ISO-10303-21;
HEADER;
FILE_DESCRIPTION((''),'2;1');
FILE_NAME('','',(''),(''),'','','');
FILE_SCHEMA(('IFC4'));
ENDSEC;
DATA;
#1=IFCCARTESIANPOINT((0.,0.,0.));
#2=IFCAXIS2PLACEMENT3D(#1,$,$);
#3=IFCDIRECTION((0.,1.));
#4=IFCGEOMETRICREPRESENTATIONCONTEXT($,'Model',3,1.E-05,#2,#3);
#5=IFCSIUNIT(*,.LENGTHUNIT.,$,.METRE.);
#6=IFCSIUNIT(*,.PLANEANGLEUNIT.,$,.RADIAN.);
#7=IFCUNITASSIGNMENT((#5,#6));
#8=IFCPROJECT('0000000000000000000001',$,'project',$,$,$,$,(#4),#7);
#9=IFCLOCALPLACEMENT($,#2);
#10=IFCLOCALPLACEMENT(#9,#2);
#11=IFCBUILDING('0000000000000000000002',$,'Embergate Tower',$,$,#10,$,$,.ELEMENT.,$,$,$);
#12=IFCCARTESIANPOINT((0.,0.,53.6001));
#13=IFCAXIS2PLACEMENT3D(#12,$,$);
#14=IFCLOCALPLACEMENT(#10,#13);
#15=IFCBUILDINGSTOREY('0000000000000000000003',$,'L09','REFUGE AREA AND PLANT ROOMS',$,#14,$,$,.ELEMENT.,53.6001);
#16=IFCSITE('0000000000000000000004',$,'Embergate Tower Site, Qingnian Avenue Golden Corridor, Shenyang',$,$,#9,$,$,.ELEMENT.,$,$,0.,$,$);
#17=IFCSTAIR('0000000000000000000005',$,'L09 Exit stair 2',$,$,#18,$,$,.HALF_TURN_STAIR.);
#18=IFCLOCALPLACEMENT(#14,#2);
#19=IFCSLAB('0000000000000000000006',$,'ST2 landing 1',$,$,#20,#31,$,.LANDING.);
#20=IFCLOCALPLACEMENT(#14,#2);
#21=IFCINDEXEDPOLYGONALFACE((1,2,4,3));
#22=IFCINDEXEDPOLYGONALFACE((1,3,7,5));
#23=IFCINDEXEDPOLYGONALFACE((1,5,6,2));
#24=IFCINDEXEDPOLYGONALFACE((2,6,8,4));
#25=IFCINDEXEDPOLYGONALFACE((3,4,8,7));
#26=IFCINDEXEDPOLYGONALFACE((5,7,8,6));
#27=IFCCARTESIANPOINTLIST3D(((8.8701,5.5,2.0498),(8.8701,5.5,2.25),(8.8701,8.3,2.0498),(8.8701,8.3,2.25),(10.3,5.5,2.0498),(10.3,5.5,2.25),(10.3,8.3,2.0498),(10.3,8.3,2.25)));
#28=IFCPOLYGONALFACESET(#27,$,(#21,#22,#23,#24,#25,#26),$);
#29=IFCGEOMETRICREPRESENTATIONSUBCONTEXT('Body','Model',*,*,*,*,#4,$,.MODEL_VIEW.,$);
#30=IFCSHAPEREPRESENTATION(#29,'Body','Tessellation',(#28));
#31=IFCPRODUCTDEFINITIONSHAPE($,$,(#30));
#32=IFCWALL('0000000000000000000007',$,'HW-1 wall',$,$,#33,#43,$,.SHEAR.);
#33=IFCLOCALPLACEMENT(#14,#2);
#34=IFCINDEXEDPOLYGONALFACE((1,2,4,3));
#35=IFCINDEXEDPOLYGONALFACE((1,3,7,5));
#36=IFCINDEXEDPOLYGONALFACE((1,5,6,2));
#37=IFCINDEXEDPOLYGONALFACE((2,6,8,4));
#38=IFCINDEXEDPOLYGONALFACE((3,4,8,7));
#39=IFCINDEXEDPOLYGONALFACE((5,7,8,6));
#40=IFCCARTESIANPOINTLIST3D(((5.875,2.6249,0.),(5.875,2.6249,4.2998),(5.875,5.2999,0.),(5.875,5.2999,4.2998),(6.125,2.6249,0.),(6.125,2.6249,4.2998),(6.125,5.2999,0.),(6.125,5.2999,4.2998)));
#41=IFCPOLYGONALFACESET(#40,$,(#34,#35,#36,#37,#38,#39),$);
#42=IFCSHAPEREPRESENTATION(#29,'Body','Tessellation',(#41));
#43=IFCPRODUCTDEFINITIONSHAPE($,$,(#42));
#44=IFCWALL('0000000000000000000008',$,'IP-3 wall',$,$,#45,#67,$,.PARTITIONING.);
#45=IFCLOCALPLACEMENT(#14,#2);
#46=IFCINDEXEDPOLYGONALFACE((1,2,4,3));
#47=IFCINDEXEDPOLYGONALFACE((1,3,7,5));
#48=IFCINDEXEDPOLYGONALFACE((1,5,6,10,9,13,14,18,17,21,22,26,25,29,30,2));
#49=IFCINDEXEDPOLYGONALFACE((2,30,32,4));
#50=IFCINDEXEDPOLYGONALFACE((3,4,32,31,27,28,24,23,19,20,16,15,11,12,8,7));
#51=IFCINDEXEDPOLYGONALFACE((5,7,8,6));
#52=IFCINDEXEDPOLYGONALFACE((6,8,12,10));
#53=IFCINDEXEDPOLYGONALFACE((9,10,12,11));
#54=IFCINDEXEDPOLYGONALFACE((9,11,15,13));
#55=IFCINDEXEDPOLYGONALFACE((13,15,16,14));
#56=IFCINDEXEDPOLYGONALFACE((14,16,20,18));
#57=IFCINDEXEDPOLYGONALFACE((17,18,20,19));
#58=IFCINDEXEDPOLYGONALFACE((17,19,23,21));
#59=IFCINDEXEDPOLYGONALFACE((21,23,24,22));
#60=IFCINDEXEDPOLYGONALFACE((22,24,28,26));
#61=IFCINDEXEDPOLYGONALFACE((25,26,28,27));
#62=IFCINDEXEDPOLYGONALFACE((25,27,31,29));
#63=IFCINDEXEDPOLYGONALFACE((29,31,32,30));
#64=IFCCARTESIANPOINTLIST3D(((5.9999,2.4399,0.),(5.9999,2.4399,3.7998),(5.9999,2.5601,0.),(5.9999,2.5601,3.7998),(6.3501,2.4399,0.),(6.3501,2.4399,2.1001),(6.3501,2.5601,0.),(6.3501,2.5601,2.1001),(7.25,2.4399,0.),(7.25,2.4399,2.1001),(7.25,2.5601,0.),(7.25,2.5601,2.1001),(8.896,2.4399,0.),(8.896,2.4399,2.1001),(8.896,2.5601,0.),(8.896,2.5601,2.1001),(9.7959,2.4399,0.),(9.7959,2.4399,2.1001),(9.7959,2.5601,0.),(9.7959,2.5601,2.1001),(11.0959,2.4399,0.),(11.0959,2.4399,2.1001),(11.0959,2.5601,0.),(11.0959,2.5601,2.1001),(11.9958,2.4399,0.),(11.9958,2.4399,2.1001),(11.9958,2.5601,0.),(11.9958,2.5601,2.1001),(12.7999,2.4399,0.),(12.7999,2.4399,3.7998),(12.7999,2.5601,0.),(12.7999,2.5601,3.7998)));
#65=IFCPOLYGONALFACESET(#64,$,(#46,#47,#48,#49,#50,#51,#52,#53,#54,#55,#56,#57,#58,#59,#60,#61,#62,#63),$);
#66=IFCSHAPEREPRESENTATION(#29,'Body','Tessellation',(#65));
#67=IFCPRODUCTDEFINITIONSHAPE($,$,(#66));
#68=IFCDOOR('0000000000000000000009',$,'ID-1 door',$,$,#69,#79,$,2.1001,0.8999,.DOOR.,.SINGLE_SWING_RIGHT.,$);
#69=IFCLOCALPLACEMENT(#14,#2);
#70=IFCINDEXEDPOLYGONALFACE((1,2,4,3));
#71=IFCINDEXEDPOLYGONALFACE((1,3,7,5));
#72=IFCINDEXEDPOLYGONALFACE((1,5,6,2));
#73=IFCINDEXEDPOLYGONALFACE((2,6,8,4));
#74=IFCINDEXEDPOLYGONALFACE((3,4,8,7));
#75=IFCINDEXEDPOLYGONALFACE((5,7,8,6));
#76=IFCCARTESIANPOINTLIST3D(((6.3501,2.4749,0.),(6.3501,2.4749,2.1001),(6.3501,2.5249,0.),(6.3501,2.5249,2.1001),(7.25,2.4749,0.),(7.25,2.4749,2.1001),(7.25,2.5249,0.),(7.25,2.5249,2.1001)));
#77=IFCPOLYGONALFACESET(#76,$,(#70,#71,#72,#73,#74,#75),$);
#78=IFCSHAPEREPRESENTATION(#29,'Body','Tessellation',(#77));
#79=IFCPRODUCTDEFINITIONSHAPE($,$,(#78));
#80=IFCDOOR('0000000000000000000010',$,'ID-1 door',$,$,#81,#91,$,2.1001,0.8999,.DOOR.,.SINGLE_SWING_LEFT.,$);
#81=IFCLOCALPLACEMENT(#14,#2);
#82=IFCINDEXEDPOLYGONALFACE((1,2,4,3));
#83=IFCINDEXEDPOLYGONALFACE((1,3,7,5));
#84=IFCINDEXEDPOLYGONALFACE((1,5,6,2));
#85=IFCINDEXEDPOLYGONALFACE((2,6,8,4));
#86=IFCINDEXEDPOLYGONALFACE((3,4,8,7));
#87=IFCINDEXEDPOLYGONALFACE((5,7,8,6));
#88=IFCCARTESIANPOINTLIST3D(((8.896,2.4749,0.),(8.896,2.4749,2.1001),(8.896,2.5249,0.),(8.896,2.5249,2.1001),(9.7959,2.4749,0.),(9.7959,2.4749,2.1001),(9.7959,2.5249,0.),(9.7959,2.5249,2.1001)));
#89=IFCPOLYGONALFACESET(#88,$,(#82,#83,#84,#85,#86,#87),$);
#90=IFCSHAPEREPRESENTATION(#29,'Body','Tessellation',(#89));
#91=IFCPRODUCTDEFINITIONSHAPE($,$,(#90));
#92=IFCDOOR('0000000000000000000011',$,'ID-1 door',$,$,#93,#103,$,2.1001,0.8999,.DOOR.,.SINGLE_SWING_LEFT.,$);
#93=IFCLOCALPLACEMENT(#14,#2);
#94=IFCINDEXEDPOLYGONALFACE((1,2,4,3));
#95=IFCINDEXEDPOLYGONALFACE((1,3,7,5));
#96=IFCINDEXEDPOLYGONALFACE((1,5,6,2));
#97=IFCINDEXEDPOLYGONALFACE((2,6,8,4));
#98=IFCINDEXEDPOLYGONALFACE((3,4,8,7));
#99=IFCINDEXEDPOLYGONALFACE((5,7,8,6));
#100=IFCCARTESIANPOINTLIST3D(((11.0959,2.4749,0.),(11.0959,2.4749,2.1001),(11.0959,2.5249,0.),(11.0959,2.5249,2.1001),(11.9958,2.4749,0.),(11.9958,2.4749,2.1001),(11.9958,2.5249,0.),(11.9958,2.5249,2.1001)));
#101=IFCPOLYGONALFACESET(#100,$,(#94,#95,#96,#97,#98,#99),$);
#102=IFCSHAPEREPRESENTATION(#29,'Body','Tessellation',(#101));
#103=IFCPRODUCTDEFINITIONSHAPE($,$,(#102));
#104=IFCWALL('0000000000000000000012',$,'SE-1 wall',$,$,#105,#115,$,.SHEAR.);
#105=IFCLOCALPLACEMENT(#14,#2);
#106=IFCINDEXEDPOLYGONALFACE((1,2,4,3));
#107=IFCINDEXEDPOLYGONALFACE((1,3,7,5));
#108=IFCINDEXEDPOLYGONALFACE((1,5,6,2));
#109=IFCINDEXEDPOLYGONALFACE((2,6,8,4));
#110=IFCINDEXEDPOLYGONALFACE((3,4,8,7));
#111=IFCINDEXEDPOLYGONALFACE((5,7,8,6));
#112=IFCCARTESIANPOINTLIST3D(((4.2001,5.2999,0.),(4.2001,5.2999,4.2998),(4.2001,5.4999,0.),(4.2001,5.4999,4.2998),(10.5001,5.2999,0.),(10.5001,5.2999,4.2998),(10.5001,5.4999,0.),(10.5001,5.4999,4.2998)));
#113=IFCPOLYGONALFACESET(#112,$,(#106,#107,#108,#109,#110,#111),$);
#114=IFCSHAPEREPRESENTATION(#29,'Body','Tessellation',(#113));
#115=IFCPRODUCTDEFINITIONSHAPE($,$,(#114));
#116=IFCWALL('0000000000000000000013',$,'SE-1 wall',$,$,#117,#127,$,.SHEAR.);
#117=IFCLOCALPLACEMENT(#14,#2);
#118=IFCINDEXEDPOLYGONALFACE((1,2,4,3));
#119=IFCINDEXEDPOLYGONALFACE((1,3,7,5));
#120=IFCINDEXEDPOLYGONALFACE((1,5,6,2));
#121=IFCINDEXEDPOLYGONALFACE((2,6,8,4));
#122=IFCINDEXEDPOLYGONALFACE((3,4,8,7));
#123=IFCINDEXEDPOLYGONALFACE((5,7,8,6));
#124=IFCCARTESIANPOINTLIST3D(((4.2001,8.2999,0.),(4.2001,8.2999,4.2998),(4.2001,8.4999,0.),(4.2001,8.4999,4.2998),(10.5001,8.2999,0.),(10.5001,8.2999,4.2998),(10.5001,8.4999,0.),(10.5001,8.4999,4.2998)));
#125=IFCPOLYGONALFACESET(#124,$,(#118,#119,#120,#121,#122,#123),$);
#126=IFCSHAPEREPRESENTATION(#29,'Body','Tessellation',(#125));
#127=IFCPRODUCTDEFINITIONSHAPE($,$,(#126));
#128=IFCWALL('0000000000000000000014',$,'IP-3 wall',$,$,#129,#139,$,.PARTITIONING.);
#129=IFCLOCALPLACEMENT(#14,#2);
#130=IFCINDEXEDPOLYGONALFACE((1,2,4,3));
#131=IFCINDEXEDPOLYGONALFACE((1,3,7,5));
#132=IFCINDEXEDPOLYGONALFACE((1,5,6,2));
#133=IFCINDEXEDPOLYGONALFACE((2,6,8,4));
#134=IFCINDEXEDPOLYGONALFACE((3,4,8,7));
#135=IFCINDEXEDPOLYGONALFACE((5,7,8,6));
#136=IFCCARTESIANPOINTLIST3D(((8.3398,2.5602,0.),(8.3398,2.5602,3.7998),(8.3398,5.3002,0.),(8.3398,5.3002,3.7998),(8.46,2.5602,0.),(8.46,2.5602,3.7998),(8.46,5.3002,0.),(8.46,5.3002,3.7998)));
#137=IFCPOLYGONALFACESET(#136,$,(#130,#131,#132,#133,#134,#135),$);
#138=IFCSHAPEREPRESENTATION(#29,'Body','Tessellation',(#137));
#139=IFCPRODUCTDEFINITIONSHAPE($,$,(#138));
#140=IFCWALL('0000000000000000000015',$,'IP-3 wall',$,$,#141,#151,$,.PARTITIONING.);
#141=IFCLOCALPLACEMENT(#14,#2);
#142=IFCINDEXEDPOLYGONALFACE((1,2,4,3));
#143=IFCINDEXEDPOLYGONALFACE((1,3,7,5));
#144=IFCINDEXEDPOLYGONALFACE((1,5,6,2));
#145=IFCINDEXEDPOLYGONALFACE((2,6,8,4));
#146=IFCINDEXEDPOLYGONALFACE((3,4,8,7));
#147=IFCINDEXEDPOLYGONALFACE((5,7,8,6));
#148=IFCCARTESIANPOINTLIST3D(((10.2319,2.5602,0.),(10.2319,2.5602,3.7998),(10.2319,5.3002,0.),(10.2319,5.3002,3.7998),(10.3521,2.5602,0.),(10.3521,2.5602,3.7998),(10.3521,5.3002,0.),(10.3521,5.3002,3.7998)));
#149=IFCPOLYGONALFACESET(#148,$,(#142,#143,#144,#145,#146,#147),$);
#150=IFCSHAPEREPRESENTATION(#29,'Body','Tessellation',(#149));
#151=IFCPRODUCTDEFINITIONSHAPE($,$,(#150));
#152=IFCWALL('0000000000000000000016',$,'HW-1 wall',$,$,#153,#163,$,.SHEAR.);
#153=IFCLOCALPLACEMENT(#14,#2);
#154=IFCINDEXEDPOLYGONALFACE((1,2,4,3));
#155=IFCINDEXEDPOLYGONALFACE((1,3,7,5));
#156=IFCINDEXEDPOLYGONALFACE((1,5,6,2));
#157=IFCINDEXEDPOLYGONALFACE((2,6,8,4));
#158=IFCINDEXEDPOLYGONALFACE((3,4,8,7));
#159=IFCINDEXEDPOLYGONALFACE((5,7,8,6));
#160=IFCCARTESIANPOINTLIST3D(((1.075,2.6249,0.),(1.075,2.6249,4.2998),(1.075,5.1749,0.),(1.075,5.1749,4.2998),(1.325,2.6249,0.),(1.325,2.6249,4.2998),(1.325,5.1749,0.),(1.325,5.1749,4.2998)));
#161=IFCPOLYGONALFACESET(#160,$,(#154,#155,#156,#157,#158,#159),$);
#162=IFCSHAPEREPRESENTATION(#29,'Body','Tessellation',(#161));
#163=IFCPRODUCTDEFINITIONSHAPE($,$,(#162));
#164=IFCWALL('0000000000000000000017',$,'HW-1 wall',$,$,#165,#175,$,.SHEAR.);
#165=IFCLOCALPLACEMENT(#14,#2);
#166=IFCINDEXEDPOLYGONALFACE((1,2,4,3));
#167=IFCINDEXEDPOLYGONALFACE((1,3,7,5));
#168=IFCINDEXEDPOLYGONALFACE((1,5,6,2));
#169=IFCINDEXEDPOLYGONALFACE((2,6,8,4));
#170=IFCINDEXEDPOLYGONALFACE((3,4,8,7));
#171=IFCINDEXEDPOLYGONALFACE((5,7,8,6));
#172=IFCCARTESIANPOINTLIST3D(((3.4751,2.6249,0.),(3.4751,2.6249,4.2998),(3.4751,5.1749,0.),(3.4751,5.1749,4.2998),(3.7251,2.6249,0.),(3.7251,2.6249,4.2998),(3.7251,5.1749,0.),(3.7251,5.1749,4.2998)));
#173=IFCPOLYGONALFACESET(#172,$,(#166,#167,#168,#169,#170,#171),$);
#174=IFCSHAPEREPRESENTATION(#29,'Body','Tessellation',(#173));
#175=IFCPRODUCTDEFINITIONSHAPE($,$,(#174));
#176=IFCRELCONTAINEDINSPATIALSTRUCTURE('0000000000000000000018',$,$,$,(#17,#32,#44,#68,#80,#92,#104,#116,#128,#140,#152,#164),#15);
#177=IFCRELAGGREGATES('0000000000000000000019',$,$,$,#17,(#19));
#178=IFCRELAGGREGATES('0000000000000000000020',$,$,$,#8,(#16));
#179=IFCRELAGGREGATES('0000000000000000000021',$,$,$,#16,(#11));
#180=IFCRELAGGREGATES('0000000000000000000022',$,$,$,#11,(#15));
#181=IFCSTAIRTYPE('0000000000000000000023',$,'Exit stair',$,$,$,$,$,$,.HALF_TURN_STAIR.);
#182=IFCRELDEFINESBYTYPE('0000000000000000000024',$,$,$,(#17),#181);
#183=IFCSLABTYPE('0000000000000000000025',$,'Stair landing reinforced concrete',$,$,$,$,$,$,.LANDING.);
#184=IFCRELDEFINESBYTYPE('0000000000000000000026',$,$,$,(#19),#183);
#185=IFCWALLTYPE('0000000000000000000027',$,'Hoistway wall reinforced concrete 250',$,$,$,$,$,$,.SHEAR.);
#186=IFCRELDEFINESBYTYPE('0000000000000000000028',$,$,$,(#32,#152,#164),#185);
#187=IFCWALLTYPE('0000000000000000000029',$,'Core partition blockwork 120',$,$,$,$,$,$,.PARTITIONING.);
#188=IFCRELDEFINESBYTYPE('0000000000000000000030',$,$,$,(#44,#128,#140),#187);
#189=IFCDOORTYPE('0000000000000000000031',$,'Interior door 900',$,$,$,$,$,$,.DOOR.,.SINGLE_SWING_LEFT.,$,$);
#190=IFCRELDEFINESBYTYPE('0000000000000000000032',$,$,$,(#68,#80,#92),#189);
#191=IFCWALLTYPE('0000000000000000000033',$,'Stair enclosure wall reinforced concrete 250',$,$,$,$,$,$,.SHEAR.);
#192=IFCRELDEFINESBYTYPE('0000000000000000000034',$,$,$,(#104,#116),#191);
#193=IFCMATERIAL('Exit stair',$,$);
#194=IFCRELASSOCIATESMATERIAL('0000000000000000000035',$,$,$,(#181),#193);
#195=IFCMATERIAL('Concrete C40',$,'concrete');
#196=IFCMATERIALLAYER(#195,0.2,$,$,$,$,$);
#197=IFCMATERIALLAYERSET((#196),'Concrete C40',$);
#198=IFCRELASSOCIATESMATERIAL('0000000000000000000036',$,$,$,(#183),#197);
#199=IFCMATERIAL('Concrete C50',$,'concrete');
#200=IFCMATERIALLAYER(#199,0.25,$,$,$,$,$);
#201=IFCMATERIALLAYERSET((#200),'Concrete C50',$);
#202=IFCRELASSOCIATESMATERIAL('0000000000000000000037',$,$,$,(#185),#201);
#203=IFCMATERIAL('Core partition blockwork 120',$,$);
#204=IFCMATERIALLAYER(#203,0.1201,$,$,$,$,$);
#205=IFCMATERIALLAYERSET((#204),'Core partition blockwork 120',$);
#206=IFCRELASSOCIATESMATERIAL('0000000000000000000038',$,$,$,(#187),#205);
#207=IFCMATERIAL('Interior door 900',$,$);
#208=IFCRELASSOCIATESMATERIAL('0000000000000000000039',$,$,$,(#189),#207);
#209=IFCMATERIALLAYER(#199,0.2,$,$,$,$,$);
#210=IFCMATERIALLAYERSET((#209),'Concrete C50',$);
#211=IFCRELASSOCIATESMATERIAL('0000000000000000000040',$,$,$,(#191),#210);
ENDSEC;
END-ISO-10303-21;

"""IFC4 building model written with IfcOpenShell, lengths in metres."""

from ifc_helpers import new_model, si_unit, direction, frame, frame_2d, origin, place, context, subcontext, project, spatial, polyline, rectangle, outline, extrude, source, transform, mapped, material, layer, layer_set, type_object, element, fill, aggregate, save


model = new_model("IFC4")

# Units and contexts
model_context = context("Model", 3, precision=1e-05, world=origin(), true_north=direction((0.0, 1.0)))
body_context = subcontext(model_context, "Body", "Model", "MODEL_VIEW")
ifc_project = project(units=[si_unit("LENGTHUNIT", "METRE"), si_unit("PLANEANGLEUNIT", "RADIAN")], contexts=[model_context])

# Site, building, storey
site_placement = place(None, origin())
site = spatial("IfcSite", under=ifc_project, at=site_placement, Name="Embergate Tower Site, Qingnian Avenue Golden Corridor, Shenyang", CompositionType="ELEMENT", RefElevation=0.0)
building_placement = place(site_placement, origin())
building = spatial("IfcBuilding", under=site, at=building_placement, Name="Embergate Tower", CompositionType="ELEMENT")
storey_placement = place(building_placement, frame((0.0, 0.0, 53.6001)))
storey = spatial("IfcBuildingStorey", under=building, at=storey_placement, Name="L09", Description="REFUGE AREA AND PLANT ROOMS", CompositionType="ELEMENT", Elevation=53.6001)

# Stair, slab
ifc_material_1 = material(Name="Exit stair")
stair_type = type_object("IfcStairType", Name="Exit stair", PredefinedType="HALF_TURN_STAIR", material=ifc_material_1)
stair_placement = place(storey_placement, origin())
stair = element("IfcStair", 1, at=stair_placement, inside=storey, type_object=stair_type, Name="L09 Exit stair 2", PredefinedType="HALF_TURN_STAIR")
ifc_material_2 = material(Name="Concrete C40", Category="concrete")
ifc_layer_1 = layer(ifc_material_2, 0.2)
ifc_layer_set_1 = layer_set([ifc_layer_1], Name="Concrete C40")
slab_type = type_object("IfcSlabType", Name="Stair landing reinforced concrete", PredefinedType="LANDING", material=ifc_layer_set_1)
shared_shape_1 = source(origin(), body_context, "Body", "SweptSolid", [
    extrude(outline(polyline([(0.0, 0.0), (1.4299, 0.0), (1.4299, 2.8), (0.0, 2.8), (0.0, 0.0)])), origin(), (0.0, 0.0, 1.0), 0.2002),
])
slab_placement = place(storey_placement, frame((8.8701, 5.5, 2.0498)))
slab = element("IfcSlab", 2, at=slab_placement, type_object=slab_type, Name="ST2 landing 1", PredefinedType="LANDING", context=body_context, shape_type="MappedRepresentation", body=[
    mapped(shared_shape_1, transform((0.0, 0.0, 0.0))),
])

# Wall
ifc_material_3 = material(Name="Concrete C50", Category="concrete")
ifc_layer_2 = layer(ifc_material_3, 0.25)
ifc_layer_set_2 = layer_set([ifc_layer_2], Name="Concrete C50")
wall_type_1 = type_object("IfcWallType", Name="Hoistway wall reinforced concrete 250", PredefinedType="SHEAR", material=ifc_layer_set_2)
shared_shape_2 = source(origin(), body_context, "Body", "SweptSolid", [
    extrude(rectangle(XDim=2.675, YDim=0.25, at=frame_2d((1.3374, 0.0))), origin(), (0.0, 0.0, 1.0), 4.2998),
])
wall_1_placement = place(storey_placement, frame((6.0, 2.625, 0.0), z_axis=(0.0, 0.0, 1.0), x_axis=(0.0, 1.0, 0.0)))
element("IfcWall", 3, at=wall_1_placement, inside=storey, type_object=wall_type_1, Name="HW-1 wall", PredefinedType="SHEAR", context=body_context, shape_type="MappedRepresentation", body=[
    mapped(shared_shape_2, transform((0.0, 0.0, 0.0))),
])

# Wall, openings, doors
ifc_material_4 = material(Name="Core partition blockwork 120")
ifc_layer_3 = layer(ifc_material_4, 0.1201)
ifc_layer_set_3 = layer_set([ifc_layer_3], Name="Core partition blockwork 120")
wall_type_2 = type_object("IfcWallType", Name="Core partition blockwork 120", PredefinedType="PARTITIONING", material=ifc_layer_set_3)
shared_shape_3 = source(origin(), body_context, "Body", "SweptSolid", [
    extrude(rectangle(XDim=6.8, YDim=0.1201, at=frame_2d((3.3999, 0.0))), origin(), (0.0, 0.0, 1.0), 3.7998),
])
wall_2_placement = place(storey_placement, frame((6.0, 2.5, 0.0), z_axis=(0.0, 0.0, 1.0), x_axis=(1.0, 0.0, 0.0)))
wall_2 = element("IfcWall", 4, at=wall_2_placement, inside=storey, type_object=wall_type_2, Name="IP-3 wall", PredefinedType="PARTITIONING", context=body_context, shape_type="MappedRepresentation", body=[
    mapped(shared_shape_3, transform((0.0, 0.0, 0.0))),
])
shared_shape_4 = source(origin(), body_context, "Body", "SweptSolid", [
    extrude(rectangle(XDim=0.8999, YDim=2.1001, at=frame_2d((0.45, 1.05))), frame((0.0, 0.0701, 0.0), z_axis=(0.0, -1.0, 0.0), x_axis=(1.0, 0.0, 0.0)), (0.0, 0.0, 1.0), 0.1401),
])
opening_1_placement = place(wall_2_placement, frame((0.3501, 0.0, 0.0)))
opening_1 = element("IfcOpeningElement", 5, at=opening_1_placement, cuts=wall_2, PredefinedType="OPENING", context=body_context, shape_type="MappedRepresentation", body=[
    mapped(shared_shape_4, transform((0.0, 0.0, 0.0))),
])
opening_2_placement = place(wall_2_placement, frame((2.896, 0.0, 0.0)))
opening_2 = element("IfcOpeningElement", 6, at=opening_2_placement, cuts=wall_2, PredefinedType="OPENING", context=body_context, shape_type="MappedRepresentation", body=[
    mapped(shared_shape_4, transform((0.0, 0.0, 0.0))),
])
opening_3_placement = place(wall_2_placement, frame((5.0959, 0.0, 0.0)))
opening_3 = element("IfcOpeningElement", 7, at=opening_3_placement, cuts=wall_2, PredefinedType="OPENING", context=body_context, shape_type="MappedRepresentation", body=[
    mapped(shared_shape_4, transform((0.0, 0.0, 0.0))),
])
ifc_material_5 = material(Name="Interior door 900")
door_type_1 = type_object("IfcDoorType", Name="Interior door 900", OperationType="SINGLE_SWING_LEFT", PredefinedType="DOOR", material=ifc_material_5)
shared_shape_5 = source(origin(), body_context, "Body", "SweptSolid", [
    extrude(rectangle(XDim=0.8999, YDim=2.1001, at=frame_2d((0.45, 1.05))), frame((0.0, 0.0249, 0.0), z_axis=(0.0, -1.0, 0.0), x_axis=(1.0, 0.0, 0.0)), (0.0, 0.0, 1.0), 0.05),
])
door_1_placement = place(opening_1_placement, origin())
door_1 = element("IfcDoor", 8, at=door_1_placement, inside=storey, type_object=door_type_1, Name="ID-1 door", OperationType="SINGLE_SWING_RIGHT", OverallHeight=2.1001, OverallWidth=0.8999, PredefinedType="DOOR", context=body_context, shape_type="MappedRepresentation", body=[
    mapped(shared_shape_5, transform((0.0, 0.0, 0.0))),
])
fill(opening_1, door_1)
door_2_placement = place(opening_2_placement, origin())
door_2 = element("IfcDoor", 9, at=door_2_placement, inside=storey, type_object=door_type_1, Name="ID-1 door", OperationType="SINGLE_SWING_LEFT", OverallHeight=2.1001, OverallWidth=0.8999, PredefinedType="DOOR", context=body_context, shape_type="MappedRepresentation", body=[
    mapped(shared_shape_5, transform((0.0, 0.0, 0.0))),
])
fill(opening_2, door_2)
door_3_placement = place(opening_3_placement, origin())
door_3 = element("IfcDoor", 10, at=door_3_placement, inside=storey, type_object=door_type_1, Name="ID-1 door", OperationType="SINGLE_SWING_LEFT", OverallHeight=2.1001, OverallWidth=0.8999, PredefinedType="DOOR", context=body_context, shape_type="MappedRepresentation", body=[
    mapped(shared_shape_5, transform((0.0, 0.0, 0.0))),
])
fill(opening_3, door_3)

# Walls
ifc_layer_4 = layer(ifc_material_3, 0.2)
ifc_layer_set_4 = layer_set([ifc_layer_4], Name="Concrete C50")
wall_type_3 = type_object("IfcWallType", Name="Stair enclosure wall reinforced concrete 250", PredefinedType="SHEAR", material=ifc_layer_set_4)
shared_shape_6 = source(origin(), body_context, "Body", "SweptSolid", [
    extrude(rectangle(XDim=6.3, YDim=0.2, at=frame_2d((3.1499, 0.0))), origin(), (0.0, 0.0, 1.0), 4.2998),
])
for number, where, z_axis, x_axis, name in (
    (11, (10.5, 5.3999, 0.0), (0.0, 0.0, 1.0), (-1.0, 0.0, 0.0), "SE-1 wall"),
    (12, (10.5, 8.3999, 0.0), (0.0, 0.0, 1.0), (-1.0, 0.0, 0.0), "SE-1 wall"),
):
    element("IfcWall", number, at=place(storey_placement, frame(where, z_axis=z_axis, x_axis=x_axis)), inside=storey, type_object=wall_type_3, Name=name, PredefinedType="SHEAR", context=body_context, shape_type="MappedRepresentation", body=[
        mapped(shared_shape_6, transform((0.0, 0.0, 0.0))),
    ])
shared_shape_7 = source(origin(), body_context, "Body", "SweptSolid", [
    extrude(rectangle(XDim=2.74, YDim=0.1201, at=frame_2d((1.3701, 0.0))), origin(), (0.0, 0.0, 1.0), 3.7998),
])
for number, where, z_axis, x_axis, name in (
    (13, (8.3999, 2.5601, 0.0), (0.0, 0.0, 1.0), (0.0, 1.0, 0.0), "IP-3 wall"),
    (14, (10.292, 2.5601, 0.0), (0.0, 0.0, 1.0), (0.0, 1.0, 0.0), "IP-3 wall"),
):
    element("IfcWall", number, at=place(storey_placement, frame(where, z_axis=z_axis, x_axis=x_axis)), inside=storey, type_object=wall_type_2, Name=name, PredefinedType="PARTITIONING", context=body_context, shape_type="MappedRepresentation", body=[
        mapped(shared_shape_7, transform((0.0, 0.0, 0.0))),
    ])
shared_shape_8 = source(origin(), body_context, "Body", "SweptSolid", [
    extrude(rectangle(XDim=2.55, YDim=0.25, at=frame_2d((1.2749, 0.0))), origin(), (0.0, 0.0, 1.0), 4.2998),
])
for number, where, z_axis, x_axis, name in (
    (15, (1.2, 2.625, 0.0), (0.0, 0.0, 1.0), (0.0, 1.0, 0.0), "HW-1 wall"),
    (16, (3.6001, 2.625, 0.0), (0.0, 0.0, 1.0), (0.0, 1.0, 0.0), "HW-1 wall"),
):
    element("IfcWall", number, at=place(storey_placement, frame(where, z_axis=z_axis, x_axis=x_axis)), inside=storey, type_object=wall_type_1, Name=name, PredefinedType="SHEAR", context=body_context, shape_type="MappedRepresentation", body=[
        mapped(shared_shape_8, transform((0.0, 0.0, 0.0))),
    ])

aggregate(stair, [slab])

save(model, "model.ifc")
